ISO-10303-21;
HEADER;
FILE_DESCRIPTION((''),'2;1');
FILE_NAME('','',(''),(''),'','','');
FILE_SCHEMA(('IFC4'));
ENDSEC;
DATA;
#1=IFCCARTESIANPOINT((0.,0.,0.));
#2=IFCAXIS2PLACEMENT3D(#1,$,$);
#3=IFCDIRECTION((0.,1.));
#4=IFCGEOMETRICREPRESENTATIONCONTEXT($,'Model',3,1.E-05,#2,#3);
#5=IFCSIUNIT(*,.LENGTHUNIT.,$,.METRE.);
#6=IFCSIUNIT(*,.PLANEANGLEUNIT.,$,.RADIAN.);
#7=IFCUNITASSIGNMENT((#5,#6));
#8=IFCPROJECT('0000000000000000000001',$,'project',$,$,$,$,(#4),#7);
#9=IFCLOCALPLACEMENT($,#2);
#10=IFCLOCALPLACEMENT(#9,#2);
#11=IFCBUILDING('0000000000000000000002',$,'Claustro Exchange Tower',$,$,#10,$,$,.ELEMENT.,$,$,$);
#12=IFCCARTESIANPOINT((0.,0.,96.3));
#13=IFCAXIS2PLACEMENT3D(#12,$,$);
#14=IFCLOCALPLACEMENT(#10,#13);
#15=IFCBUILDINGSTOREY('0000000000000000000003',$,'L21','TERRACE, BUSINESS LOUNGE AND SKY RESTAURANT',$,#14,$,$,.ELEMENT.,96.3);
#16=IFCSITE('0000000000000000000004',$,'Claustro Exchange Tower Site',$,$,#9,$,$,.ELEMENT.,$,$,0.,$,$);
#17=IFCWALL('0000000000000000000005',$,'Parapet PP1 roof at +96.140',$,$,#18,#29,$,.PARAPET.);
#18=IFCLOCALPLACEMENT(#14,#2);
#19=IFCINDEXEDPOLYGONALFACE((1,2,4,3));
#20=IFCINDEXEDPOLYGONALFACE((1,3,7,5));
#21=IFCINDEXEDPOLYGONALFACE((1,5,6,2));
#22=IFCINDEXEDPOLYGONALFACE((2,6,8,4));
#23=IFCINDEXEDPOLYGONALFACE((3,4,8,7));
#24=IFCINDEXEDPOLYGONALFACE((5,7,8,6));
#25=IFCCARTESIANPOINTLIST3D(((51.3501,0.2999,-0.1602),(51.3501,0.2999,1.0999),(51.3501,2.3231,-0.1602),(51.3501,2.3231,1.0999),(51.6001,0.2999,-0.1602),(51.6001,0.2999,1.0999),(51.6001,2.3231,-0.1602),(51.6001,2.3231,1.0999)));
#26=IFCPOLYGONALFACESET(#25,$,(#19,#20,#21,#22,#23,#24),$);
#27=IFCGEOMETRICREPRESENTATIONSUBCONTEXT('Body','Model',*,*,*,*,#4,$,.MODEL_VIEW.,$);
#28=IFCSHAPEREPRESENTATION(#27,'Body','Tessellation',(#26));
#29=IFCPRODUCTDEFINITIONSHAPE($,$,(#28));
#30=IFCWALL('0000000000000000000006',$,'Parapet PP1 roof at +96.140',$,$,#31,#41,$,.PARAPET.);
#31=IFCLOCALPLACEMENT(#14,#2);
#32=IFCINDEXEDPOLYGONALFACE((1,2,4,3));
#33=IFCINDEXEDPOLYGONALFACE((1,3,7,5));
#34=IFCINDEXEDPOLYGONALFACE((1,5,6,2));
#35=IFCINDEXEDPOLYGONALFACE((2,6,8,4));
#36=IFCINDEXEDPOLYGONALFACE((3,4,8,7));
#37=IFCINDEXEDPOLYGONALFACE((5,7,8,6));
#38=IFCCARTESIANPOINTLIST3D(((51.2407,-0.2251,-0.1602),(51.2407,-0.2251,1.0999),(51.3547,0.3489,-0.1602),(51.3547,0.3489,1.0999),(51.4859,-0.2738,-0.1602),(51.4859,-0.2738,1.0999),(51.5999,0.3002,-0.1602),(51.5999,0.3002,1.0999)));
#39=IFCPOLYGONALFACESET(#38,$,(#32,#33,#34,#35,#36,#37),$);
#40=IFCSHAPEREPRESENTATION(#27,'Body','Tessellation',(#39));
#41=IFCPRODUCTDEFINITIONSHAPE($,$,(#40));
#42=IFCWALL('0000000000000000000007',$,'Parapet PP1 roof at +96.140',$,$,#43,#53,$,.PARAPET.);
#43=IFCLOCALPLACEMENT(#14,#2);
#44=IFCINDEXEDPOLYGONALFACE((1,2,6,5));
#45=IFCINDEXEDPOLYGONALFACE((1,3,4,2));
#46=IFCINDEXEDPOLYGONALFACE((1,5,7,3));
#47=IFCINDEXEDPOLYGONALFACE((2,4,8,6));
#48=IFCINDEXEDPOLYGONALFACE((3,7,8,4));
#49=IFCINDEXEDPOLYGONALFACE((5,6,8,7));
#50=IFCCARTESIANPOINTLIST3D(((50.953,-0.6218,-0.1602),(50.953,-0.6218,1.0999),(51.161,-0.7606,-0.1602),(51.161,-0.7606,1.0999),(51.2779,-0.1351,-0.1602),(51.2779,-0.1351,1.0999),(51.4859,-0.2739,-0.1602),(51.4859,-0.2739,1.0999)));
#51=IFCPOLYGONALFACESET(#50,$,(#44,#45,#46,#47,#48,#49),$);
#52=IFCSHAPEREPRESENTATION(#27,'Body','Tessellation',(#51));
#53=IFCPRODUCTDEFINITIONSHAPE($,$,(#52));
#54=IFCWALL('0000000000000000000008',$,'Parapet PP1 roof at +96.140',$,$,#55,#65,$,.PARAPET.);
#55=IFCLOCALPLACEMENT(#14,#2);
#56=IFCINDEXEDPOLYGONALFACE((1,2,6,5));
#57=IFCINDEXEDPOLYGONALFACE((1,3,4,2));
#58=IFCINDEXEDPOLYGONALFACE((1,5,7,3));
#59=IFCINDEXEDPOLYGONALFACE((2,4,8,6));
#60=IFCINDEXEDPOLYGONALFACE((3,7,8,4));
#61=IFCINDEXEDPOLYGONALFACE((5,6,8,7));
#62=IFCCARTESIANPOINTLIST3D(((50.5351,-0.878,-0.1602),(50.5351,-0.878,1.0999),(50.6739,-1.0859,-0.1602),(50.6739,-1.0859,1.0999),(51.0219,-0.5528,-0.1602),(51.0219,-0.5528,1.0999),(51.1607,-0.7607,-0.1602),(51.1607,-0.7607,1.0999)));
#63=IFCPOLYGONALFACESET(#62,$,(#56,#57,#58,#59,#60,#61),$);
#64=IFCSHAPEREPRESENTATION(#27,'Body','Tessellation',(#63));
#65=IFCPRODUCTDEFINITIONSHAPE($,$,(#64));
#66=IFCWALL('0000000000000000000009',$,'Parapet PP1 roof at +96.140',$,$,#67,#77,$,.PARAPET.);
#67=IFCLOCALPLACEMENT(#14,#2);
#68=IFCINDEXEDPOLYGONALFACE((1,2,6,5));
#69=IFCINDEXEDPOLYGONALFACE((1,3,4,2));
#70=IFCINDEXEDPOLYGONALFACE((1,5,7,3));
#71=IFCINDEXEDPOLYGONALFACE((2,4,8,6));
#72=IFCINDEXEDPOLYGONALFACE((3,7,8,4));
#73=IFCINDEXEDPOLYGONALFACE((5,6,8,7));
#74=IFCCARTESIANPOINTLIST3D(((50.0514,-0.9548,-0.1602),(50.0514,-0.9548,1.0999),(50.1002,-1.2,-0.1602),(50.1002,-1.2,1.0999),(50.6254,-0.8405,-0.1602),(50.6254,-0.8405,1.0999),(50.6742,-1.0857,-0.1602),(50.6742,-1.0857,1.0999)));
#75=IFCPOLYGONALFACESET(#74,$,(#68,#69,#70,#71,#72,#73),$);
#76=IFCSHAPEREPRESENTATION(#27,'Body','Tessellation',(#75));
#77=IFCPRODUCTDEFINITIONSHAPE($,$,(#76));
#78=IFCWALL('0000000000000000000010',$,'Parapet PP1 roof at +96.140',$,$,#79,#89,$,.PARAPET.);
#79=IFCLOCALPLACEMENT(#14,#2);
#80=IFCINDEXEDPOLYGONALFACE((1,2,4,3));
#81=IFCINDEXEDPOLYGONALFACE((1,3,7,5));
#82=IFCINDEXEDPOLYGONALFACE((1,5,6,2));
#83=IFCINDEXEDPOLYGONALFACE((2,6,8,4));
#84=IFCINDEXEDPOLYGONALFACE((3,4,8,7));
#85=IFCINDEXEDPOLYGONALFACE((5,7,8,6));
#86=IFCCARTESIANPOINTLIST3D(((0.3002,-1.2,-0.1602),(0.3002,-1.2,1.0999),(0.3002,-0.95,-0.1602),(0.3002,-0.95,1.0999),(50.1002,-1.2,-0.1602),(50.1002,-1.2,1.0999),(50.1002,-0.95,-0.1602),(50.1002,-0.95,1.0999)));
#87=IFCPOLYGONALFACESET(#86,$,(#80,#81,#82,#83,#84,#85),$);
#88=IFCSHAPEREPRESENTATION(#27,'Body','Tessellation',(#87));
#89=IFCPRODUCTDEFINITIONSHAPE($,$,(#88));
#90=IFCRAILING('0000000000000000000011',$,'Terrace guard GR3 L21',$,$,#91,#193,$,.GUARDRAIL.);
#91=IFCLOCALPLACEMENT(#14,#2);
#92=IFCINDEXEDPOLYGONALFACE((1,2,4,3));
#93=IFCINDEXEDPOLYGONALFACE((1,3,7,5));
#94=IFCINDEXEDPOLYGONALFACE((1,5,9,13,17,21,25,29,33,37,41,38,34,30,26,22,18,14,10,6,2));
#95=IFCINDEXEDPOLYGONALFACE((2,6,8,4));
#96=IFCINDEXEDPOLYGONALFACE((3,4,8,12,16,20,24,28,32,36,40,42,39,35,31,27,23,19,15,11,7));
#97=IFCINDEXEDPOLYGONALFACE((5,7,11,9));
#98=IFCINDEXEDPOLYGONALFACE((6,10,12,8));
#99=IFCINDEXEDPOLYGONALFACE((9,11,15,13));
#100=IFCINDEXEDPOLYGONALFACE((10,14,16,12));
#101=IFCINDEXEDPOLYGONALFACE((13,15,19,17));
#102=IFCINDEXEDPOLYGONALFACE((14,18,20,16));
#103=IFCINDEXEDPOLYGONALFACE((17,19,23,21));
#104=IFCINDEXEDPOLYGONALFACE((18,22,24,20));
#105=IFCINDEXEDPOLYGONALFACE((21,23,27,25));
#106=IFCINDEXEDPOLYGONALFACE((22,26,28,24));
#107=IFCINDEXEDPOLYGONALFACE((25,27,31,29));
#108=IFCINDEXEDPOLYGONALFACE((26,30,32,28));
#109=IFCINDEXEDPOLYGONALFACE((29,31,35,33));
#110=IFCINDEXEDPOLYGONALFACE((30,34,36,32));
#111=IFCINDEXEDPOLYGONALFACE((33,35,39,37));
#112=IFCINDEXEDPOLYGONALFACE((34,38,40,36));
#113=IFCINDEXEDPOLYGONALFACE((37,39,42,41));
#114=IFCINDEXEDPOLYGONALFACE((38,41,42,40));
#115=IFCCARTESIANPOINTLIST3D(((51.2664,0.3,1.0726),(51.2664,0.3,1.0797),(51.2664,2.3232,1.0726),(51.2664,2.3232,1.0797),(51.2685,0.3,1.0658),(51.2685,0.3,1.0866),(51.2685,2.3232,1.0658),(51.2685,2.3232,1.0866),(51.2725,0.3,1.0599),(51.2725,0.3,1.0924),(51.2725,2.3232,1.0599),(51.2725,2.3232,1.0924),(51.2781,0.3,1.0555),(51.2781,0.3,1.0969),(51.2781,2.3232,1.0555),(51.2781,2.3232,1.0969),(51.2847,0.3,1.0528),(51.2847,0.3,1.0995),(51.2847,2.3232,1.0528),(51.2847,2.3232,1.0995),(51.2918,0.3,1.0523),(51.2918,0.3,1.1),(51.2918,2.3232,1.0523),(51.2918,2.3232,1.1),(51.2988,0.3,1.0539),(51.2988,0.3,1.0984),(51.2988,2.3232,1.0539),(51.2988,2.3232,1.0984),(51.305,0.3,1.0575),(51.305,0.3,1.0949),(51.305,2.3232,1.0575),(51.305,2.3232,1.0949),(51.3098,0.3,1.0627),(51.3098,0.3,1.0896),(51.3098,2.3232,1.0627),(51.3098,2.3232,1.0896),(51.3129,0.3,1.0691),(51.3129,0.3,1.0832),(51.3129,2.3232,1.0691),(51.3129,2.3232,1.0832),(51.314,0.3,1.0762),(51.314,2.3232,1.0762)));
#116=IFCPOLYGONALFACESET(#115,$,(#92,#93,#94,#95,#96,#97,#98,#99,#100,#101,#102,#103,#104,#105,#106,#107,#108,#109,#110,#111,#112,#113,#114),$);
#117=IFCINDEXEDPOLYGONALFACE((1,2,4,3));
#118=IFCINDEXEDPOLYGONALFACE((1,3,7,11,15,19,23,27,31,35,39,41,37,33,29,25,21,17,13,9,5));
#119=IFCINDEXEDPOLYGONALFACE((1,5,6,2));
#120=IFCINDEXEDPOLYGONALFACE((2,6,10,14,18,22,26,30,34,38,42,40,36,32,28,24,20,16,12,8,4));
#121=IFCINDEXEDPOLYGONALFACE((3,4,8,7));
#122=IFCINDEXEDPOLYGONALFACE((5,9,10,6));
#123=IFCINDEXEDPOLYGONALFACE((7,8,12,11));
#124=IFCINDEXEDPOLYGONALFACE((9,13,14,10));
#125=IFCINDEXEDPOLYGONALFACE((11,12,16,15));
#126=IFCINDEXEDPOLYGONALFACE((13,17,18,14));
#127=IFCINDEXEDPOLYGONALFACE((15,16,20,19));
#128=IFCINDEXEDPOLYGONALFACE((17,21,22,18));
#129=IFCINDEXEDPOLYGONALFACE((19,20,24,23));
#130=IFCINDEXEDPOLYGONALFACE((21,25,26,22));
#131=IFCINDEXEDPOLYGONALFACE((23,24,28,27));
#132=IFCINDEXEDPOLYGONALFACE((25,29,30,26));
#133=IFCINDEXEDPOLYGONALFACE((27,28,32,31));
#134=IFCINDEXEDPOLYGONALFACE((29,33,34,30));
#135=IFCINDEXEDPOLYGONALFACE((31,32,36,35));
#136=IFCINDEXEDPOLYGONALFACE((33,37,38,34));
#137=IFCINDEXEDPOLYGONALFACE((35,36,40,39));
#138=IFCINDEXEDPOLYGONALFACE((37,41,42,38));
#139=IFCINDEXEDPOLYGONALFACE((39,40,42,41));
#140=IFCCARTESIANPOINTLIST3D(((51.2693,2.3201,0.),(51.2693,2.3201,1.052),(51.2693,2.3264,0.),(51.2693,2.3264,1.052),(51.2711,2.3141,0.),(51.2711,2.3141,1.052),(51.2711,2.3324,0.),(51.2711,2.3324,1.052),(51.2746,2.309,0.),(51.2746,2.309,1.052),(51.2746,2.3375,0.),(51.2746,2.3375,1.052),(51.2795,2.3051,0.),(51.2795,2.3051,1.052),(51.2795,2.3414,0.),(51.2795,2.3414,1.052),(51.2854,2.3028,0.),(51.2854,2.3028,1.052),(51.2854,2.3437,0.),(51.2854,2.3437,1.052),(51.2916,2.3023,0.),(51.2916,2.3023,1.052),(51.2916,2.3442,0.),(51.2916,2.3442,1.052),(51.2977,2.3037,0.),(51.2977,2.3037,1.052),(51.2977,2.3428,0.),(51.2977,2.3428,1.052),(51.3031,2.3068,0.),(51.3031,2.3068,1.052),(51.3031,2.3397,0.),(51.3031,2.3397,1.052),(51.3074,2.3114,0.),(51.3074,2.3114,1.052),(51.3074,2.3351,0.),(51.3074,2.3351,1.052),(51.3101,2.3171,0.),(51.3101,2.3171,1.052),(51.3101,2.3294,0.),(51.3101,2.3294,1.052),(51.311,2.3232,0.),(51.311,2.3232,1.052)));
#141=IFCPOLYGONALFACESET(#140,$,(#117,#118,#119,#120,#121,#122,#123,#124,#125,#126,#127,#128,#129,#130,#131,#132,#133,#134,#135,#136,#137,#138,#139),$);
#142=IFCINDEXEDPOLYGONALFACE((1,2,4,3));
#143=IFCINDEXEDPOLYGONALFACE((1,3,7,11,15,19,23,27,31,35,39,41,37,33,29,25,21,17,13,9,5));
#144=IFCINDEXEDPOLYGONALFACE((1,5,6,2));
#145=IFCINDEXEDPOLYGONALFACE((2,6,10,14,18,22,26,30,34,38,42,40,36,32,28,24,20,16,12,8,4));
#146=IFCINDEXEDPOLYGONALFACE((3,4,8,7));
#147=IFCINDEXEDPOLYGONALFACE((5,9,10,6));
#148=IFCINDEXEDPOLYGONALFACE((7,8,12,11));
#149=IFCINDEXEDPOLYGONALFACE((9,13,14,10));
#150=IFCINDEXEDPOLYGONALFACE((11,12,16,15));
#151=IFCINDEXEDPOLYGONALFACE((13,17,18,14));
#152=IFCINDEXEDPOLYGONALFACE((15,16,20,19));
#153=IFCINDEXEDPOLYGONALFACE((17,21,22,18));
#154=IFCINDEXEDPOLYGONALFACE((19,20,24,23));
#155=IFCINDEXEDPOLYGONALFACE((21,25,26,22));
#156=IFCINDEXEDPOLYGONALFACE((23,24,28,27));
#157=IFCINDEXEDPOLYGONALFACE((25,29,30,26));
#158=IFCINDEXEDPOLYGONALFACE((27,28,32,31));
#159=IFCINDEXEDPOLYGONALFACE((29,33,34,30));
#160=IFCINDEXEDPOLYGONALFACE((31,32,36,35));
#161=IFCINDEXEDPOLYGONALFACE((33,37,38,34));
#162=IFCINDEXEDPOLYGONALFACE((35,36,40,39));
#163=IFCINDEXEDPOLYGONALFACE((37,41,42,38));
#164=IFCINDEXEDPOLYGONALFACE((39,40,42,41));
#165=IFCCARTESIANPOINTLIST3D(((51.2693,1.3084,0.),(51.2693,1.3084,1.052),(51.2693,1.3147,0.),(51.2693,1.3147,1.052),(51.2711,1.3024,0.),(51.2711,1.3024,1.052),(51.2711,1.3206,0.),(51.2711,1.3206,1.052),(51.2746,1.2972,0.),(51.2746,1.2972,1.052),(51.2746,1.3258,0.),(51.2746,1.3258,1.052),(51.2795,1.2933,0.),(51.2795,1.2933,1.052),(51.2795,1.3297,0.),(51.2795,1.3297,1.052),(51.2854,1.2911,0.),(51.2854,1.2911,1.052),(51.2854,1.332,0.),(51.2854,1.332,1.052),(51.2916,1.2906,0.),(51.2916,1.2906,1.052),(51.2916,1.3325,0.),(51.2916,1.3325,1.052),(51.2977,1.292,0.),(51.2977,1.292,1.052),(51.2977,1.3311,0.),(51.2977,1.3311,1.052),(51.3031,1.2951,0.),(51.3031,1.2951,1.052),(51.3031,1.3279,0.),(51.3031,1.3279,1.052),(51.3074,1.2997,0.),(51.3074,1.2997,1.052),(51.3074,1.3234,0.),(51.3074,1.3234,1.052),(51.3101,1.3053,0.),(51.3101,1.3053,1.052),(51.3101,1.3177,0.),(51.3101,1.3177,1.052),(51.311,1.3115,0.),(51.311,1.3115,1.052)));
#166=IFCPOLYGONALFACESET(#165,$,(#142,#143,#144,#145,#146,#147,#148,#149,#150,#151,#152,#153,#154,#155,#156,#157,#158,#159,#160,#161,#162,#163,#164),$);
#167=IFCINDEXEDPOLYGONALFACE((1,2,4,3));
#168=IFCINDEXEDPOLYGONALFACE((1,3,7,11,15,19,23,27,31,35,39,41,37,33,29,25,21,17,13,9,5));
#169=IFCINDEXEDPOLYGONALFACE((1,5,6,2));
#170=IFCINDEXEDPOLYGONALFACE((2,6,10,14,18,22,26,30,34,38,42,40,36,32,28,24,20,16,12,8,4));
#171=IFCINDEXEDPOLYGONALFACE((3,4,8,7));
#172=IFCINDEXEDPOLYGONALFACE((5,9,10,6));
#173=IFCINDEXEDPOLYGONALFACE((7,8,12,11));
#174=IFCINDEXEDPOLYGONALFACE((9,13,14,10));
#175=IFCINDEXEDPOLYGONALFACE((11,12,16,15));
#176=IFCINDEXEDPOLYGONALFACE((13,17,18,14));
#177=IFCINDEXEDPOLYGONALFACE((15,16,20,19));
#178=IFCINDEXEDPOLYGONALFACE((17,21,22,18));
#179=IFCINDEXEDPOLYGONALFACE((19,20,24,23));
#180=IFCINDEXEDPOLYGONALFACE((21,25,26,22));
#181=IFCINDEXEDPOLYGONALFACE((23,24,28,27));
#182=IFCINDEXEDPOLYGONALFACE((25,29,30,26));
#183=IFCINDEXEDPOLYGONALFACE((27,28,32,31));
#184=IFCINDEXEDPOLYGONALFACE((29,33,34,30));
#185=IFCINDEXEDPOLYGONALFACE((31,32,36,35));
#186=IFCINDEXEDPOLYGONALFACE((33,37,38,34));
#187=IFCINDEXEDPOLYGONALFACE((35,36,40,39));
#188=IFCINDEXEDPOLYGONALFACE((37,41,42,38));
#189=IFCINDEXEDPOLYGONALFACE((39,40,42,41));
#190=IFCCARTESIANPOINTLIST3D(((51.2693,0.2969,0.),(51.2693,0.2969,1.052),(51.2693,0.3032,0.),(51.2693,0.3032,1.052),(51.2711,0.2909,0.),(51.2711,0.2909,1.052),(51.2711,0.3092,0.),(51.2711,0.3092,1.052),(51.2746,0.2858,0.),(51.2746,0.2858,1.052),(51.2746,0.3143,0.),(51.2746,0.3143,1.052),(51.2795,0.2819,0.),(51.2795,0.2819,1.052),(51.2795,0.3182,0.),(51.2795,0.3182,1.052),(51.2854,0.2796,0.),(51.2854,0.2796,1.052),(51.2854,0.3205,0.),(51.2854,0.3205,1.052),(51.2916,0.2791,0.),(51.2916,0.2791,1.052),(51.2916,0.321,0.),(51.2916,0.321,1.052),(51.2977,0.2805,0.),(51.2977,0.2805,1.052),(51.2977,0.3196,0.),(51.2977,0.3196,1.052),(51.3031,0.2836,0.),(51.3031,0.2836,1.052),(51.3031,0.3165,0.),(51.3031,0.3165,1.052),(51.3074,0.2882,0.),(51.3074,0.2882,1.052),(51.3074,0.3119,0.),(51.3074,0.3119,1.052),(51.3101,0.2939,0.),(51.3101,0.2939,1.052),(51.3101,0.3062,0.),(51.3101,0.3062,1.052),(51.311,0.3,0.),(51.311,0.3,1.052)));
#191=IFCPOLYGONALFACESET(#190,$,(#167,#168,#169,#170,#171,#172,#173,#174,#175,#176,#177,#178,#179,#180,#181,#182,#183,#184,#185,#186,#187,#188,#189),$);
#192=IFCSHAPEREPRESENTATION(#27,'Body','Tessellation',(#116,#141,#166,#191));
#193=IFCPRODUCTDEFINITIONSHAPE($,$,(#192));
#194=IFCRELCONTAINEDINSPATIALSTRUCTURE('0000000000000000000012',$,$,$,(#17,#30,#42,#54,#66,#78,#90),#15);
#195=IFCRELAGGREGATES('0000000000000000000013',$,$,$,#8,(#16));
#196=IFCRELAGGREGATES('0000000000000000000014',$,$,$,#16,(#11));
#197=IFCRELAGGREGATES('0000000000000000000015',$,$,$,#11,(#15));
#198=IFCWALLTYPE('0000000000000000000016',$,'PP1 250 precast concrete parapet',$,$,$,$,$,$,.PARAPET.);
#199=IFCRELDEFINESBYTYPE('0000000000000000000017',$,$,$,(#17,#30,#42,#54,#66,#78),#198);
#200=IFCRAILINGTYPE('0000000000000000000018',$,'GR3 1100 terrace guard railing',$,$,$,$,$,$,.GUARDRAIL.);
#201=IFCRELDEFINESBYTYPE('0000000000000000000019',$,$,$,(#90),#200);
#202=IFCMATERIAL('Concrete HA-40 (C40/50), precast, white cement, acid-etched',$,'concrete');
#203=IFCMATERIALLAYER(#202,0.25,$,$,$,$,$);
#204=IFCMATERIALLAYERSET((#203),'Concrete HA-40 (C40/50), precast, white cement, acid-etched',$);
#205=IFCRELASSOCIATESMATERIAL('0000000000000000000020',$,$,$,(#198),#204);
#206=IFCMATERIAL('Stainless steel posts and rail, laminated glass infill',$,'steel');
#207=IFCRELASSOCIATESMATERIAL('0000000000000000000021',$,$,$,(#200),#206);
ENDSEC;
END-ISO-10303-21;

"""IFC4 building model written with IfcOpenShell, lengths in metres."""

from ifc_helpers import new_model, si_unit, direction, frame, frame_2d, origin, origin_2d, place, context, subcontext, project, spatial, rectangle, circle, extrude, material, layer, layer_set, type_object, element, save


model = new_model("IFC4")

# Units and contexts
model_context = context("Model", 3, precision=1e-05, world=origin(), true_north=direction((0.0, 1.0)))
body_context = subcontext(model_context, "Body", "Model", "MODEL_VIEW")
ifc_project = project(units=[si_unit("LENGTHUNIT", "METRE"), si_unit("PLANEANGLEUNIT", "RADIAN")], contexts=[model_context])

# Site, building, storey
site_placement = place(None, origin())
site = spatial("IfcSite", under=ifc_project, at=site_placement, Name="Claustro Exchange Tower Site", CompositionType="ELEMENT", RefElevation=0.0)
building_placement = place(site_placement, origin())
building = spatial("IfcBuilding", under=site, at=building_placement, Name="Claustro Exchange Tower", CompositionType="ELEMENT")
storey_placement = place(building_placement, frame((0.0, 0.0, 96.3)))
storey = spatial("IfcBuildingStorey", under=building, at=storey_placement, Name="L21", Description="TERRACE, BUSINESS LOUNGE AND SKY RESTAURANT", CompositionType="ELEMENT", Elevation=96.3)

# Walls
ifc_material_1 = material(Name="Concrete HA-40 (C40/50), precast, white cement, acid-etched", Category="concrete")
ifc_layer_1 = layer(ifc_material_1, 0.25)
ifc_layer_set_1 = layer_set([ifc_layer_1], Name="Concrete HA-40 (C40/50), precast, white cement, acid-etched")
wall_type_1 = type_object("IfcWallType", Name="PP1 250 precast concrete parapet", PredefinedType="PARAPET", material=ifc_layer_set_1)
wall_1_placement = place(storey_placement, frame((51.4751, 2.3232, -0.1602), z_axis=(0.0, 0.0, 1.0), x_axis=(0.0, -1.0, 0.0)))
element("IfcWall", 1, at=wall_1_placement, inside=storey, type_object=wall_type_1, Name="Parapet PP1 roof at +96.140", PredefinedType="PARAPET", context=body_context, shape_type="SweptSolid", body=[
    extrude(rectangle(XDim=2.0232, YDim=0.25, at=frame_2d((1.0117, 0.0))), origin(), (0.0, 0.0, 1.0), 1.26),
])
for number, where, z_axis, x_axis, name in (
    (2, (51.4773, 0.3245, -0.1602), (0.0, 0.0, 1.0), (-0.194832, -0.980837, 0.0), "Parapet PP1 roof at +96.140"),
    (3, (51.3818, -0.2046, -0.1602), (0.0, 0.0, 1.0), (-0.555181, -0.831729, 0.0), "Parapet PP1 roof at +96.140"),
):
    element("IfcWall", number, at=place(storey_placement, frame(where, z_axis=z_axis, x_axis=x_axis)), inside=storey, type_object=wall_type_1, Name=name, PredefinedType="PARAPET", context=body_context, shape_type="SweptSolid", body=[
        extrude(rectangle(XDim=0.5852, YDim=0.25, at=frame_2d((0.2925, 0.0))), origin(), (0.0, 0.0, 1.0), 1.26),
    ])
wall_2_placement = place(storey_placement, frame((51.0913, -0.6567, -0.1602), z_axis=(0.0, 0.0, 1.0), x_axis=(-0.831537, -0.55547, 0.0)))
element("IfcWall", 4, at=wall_2_placement, inside=storey, type_object=wall_type_1, Name="Parapet PP1 roof at +96.140", PredefinedType="PARAPET", context=body_context, shape_type="SweptSolid", body=[
    extrude(rectangle(XDim=0.5854, YDim=0.25, at=frame_2d((0.2927, 0.0))), origin(), (0.0, 0.0, 1.0), 1.26),
])
wall_3_placement = place(storey_placement, frame((50.6497, -0.9631, -0.1602), z_axis=(0.0, 0.0, 1.0), x_axis=(-0.980757, -0.195234, 0.0)))
element("IfcWall", 5, at=wall_3_placement, inside=storey, type_object=wall_type_1, Name="Parapet PP1 roof at +96.140", PredefinedType="PARAPET", context=body_context, shape_type="SweptSolid", body=[
    extrude(rectangle(XDim=0.5852, YDim=0.25, at=frame_2d((0.2925, 0.0))), origin(), (0.0, 0.0, 1.0), 1.26),
])
wall_4_placement = place(storey_placement, frame((50.1001, -1.075, -0.1602), z_axis=(0.0, 0.0, 1.0), x_axis=(-1.0, 0.0, 0.0)))
element("IfcWall", 6, at=wall_4_placement, inside=storey, type_object=wall_type_1, Name="Parapet PP1 roof at +96.140", PredefinedType="PARAPET", context=body_context, shape_type="SweptSolid", body=[
    extrude(rectangle(XDim=49.8, YDim=0.25, at=frame_2d((24.8999, 0.0))), origin(), (0.0, 0.0, 1.0), 1.26),
])

# Railing
ifc_material_2 = material(Name="Stainless steel posts and rail, laminated glass infill", Category="steel")
railing_type = type_object("IfcRailingType", Name="GR3 1100 terrace guard railing", PredefinedType="GUARDRAIL", material=ifc_material_2)
railing_1_placement = place(storey_placement, frame((51.29, 2.3232, 0.0)))
element("IfcRailing", 7, at=railing_1_placement, inside=storey, type_object=railing_type, Name="Terrace guard GR3 L21", PredefinedType="GUARDRAIL", context=body_context, shape_type="SweptSolid", body=[
    extrude(circle(Radius=0.0239, at=origin_2d()), frame((0.0, 0.0, 1.0762), z_axis=(0.0, -1.0, 0.0), x_axis=(1.0, 0.0, 0.0)), (0.0, 0.0, 1.0), 2.0232),
    extrude(circle(Radius=0.021, at=origin_2d()), origin(), (0.0, 0.0, 1.0), 1.052),
    extrude(circle(Radius=0.021, at=origin_2d()), frame((0.0, -1.0117, 0.0)), (0.0, 0.0, 1.0), 1.052),
    extrude(circle(Radius=0.021, at=origin_2d()), frame((0.0, -2.0232, 0.0)), (0.0, 0.0, 1.0), 1.052),
])

save(model, "model.ifc")
